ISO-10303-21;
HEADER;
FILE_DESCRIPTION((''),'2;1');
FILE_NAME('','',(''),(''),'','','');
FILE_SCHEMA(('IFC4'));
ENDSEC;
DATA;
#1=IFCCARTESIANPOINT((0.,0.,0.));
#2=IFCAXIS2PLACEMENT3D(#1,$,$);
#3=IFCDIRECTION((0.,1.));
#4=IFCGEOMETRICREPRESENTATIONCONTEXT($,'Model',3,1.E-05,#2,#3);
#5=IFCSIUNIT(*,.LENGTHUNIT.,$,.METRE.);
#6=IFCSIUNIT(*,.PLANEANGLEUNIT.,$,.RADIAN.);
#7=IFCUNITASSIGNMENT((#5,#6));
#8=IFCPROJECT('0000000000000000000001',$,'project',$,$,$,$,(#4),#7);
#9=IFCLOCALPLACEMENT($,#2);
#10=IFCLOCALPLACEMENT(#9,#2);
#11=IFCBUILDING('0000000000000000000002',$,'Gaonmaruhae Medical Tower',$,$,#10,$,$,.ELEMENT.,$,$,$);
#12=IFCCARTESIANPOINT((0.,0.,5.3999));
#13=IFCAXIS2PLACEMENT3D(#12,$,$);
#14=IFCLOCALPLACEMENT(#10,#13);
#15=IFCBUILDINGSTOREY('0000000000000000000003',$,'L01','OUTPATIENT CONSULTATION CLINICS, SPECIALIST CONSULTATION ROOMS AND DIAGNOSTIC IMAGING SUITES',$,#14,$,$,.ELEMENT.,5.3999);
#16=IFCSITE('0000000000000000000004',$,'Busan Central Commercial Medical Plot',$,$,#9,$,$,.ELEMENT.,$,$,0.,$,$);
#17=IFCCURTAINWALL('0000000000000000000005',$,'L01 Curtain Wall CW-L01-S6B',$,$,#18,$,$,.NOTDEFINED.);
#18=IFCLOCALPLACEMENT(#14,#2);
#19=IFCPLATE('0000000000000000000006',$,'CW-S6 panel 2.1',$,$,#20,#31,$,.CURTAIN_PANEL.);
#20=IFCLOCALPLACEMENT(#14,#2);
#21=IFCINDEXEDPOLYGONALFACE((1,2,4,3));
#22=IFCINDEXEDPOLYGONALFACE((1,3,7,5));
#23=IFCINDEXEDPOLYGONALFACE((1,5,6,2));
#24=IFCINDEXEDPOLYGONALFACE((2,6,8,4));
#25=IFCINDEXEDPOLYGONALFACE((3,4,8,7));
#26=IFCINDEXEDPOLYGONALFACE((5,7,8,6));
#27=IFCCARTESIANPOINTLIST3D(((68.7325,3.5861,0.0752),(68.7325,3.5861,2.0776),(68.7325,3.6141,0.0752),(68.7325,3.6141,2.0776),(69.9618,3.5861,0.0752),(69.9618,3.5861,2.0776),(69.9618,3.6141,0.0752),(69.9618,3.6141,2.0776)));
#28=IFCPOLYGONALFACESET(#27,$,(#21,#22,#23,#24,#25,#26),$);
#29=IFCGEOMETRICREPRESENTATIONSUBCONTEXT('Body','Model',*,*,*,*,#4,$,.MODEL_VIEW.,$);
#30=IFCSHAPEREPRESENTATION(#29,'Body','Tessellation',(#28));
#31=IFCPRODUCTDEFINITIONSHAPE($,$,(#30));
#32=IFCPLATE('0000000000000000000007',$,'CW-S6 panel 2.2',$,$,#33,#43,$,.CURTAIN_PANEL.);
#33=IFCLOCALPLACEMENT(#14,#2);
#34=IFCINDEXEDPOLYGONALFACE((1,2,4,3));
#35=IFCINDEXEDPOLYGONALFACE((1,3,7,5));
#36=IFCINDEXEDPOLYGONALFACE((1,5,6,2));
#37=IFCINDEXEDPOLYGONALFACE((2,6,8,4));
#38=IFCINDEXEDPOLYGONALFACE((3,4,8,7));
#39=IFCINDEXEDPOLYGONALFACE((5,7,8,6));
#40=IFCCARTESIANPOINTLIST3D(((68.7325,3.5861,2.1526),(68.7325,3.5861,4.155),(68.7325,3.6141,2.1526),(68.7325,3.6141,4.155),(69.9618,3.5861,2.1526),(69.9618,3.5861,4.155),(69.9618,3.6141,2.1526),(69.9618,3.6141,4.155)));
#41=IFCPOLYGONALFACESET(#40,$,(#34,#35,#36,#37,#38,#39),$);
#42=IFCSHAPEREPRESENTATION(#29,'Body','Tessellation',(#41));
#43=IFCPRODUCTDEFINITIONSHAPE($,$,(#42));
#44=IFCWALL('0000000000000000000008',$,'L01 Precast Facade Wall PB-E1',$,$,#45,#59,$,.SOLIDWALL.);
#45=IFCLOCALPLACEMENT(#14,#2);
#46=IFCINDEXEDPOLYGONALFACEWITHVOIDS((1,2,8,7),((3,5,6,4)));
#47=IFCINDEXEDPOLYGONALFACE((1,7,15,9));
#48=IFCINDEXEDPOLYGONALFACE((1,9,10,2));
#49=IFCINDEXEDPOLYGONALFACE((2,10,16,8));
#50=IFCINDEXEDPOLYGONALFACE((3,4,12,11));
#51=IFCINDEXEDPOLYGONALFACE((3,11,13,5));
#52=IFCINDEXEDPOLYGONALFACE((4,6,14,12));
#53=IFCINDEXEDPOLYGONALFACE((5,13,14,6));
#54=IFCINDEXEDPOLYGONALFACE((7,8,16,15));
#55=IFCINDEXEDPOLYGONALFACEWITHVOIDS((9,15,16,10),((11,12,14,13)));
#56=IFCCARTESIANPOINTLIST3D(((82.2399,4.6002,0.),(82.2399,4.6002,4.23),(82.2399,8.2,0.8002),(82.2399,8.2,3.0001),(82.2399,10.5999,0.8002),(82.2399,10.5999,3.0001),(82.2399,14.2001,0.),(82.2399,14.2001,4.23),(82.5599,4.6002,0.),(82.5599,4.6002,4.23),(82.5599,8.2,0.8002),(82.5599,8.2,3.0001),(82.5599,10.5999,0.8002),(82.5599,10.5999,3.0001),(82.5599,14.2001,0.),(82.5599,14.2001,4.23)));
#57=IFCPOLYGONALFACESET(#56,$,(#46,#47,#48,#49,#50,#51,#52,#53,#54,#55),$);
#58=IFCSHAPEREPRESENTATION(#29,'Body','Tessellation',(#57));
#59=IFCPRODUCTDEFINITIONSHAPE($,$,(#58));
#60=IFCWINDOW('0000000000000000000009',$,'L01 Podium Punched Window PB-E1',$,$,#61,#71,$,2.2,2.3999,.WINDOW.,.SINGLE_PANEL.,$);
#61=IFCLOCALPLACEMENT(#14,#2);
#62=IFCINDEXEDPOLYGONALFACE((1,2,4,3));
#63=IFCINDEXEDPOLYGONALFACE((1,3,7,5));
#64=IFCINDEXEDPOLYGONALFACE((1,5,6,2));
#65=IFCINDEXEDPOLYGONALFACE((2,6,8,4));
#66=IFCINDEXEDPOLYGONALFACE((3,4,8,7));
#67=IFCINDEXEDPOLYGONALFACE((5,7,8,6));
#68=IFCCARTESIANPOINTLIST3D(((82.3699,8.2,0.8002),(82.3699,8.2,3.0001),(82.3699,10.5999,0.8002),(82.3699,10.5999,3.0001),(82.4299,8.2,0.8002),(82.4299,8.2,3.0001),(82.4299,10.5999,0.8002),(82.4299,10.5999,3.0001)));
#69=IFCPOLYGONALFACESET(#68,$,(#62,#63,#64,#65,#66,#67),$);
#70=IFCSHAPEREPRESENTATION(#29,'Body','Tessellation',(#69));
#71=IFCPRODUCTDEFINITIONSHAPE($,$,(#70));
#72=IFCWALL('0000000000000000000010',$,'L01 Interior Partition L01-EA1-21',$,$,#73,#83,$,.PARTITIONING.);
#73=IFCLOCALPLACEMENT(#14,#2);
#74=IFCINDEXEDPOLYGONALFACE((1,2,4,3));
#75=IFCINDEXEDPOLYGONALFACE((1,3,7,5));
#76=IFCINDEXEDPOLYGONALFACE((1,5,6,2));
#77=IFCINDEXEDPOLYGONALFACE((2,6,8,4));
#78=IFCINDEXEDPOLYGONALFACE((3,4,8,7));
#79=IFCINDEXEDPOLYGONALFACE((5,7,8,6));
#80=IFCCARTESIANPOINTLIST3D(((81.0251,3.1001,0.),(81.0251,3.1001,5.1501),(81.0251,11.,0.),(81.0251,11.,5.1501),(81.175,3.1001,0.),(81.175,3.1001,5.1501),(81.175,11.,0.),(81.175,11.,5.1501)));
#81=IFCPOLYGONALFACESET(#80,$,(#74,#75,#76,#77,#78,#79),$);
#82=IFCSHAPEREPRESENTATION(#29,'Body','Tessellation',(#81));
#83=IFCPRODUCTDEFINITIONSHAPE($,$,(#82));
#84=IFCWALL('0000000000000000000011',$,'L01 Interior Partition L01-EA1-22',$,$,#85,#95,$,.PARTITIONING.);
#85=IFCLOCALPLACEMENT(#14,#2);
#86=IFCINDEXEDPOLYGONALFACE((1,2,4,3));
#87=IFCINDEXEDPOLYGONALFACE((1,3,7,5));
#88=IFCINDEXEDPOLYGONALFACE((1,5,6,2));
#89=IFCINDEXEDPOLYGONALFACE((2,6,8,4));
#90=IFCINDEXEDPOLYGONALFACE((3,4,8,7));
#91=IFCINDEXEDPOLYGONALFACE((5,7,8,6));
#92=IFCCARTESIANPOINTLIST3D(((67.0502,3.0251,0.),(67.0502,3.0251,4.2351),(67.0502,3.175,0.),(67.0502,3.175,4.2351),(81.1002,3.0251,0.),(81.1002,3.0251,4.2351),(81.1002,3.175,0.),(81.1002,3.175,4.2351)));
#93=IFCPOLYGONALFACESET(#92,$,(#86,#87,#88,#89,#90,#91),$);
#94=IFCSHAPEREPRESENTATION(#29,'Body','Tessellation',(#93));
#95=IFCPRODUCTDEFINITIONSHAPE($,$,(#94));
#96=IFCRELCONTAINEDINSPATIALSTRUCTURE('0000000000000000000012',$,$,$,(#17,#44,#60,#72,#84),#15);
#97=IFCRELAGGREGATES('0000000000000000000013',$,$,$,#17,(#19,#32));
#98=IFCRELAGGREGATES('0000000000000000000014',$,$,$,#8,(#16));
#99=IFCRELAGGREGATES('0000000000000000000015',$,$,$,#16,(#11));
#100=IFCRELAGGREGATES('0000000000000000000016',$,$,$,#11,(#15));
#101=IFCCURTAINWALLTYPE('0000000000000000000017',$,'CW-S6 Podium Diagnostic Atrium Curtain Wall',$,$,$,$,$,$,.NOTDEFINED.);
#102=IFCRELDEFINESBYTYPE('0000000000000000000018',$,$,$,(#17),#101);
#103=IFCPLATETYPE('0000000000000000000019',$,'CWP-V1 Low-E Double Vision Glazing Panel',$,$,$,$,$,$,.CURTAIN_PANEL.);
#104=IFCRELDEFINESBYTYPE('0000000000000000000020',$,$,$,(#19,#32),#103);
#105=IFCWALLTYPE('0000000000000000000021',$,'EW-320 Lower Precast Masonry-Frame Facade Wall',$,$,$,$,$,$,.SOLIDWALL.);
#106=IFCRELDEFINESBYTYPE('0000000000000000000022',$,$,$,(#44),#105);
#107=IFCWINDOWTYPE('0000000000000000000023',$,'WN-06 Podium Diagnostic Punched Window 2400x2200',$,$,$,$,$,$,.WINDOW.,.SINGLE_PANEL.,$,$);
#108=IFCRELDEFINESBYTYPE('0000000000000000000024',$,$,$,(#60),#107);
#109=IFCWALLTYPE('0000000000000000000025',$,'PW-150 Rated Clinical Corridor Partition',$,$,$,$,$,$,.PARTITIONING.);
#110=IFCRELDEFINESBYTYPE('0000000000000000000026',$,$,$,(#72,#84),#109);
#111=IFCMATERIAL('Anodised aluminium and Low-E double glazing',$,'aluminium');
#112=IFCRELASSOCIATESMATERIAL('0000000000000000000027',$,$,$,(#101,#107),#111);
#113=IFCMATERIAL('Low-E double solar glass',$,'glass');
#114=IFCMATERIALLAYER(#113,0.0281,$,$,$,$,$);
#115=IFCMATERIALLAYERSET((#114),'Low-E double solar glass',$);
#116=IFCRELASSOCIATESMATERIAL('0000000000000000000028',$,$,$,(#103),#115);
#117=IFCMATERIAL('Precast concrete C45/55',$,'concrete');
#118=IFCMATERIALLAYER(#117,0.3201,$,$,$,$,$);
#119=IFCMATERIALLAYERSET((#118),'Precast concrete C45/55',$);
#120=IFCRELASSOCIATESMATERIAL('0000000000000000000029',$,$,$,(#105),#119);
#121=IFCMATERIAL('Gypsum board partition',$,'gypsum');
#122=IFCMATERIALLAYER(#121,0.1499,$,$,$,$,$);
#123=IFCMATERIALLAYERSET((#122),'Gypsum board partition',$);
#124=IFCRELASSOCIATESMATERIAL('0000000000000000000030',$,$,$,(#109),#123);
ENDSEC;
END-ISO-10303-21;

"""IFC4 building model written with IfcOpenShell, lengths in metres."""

from ifc_helpers import new_model, si_unit, direction, frame, frame_2d, origin, origin_2d, place, context, subcontext, project, spatial, rectangle, extrude, material, layer, layer_set, type_object, element, fill, aggregate, save


model = new_model("IFC4")

# Units and contexts
model_context = context("Model", 3, precision=1e-05, world=origin(), true_north=direction((0.0, 1.0)))
body_context = subcontext(model_context, "Body", "Model", "MODEL_VIEW")
ifc_project = project(units=[si_unit("LENGTHUNIT", "METRE"), si_unit("PLANEANGLEUNIT", "RADIAN")], contexts=[model_context])

# Site, building, storey
site_placement = place(None, origin())
site = spatial("IfcSite", under=ifc_project, at=site_placement, Name="Busan Central Commercial Medical Plot", CompositionType="ELEMENT", RefElevation=0.0)
building_placement = place(site_placement, origin())
building = spatial("IfcBuilding", under=site, at=building_placement, Name="Gaonmaruhae Medical Tower", CompositionType="ELEMENT")
storey_placement = place(building_placement, frame((0.0, 0.0, 5.3999)))
storey = spatial("IfcBuildingStorey", under=building, at=storey_placement, Name="L01", Description="OUTPATIENT CONSULTATION CLINICS, SPECIALIST CONSULTATION ROOMS AND DIAGNOSTIC IMAGING SUITES", CompositionType="ELEMENT", Elevation=5.3999)

# Curtain wall
ifc_material_1 = material(Name="Anodised aluminium and Low-E double glazing", Category="aluminium")
curtain_wall_type = type_object("IfcCurtainWallType", Name="CW-S6 Podium Diagnostic Atrium Curtain Wall", PredefinedType="NOTDEFINED", material=ifc_material_1)
curtain_wall_placement = place(storey_placement, origin())
curtain_wall = element("IfcCurtainWall", 1, at=curtain_wall_placement, inside=storey, type_object=curtain_wall_type, Name="L01 Curtain Wall CW-L01-S6B", PredefinedType="NOTDEFINED")

# Plates
ifc_material_2 = material(Name="Low-E double solar glass", Category="glass")
ifc_layer_1 = layer(ifc_material_2, 0.0281)
ifc_layer_set_1 = layer_set([ifc_layer_1], Name="Low-E double solar glass")
plate_type = type_object("IfcPlateType", Name="CWP-V1 Low-E Double Vision Glazing Panel", PredefinedType="CURTAIN_PANEL", material=ifc_layer_set_1)
plate_1_placement = place(storey_placement, frame((69.3472, 3.6001, 0.0752), z_axis=(0.0, 0.0, 1.0), x_axis=(1.0, 0.0, 0.0)))
plate_1 = element("IfcPlate", 2, at=plate_1_placement, type_object=plate_type, Name="CW-S6 panel 2.1", PredefinedType="CURTAIN_PANEL", context=body_context, shape_type="SweptSolid", body=[
    extrude(rectangle(XDim=1.2292, YDim=0.0281, at=origin_2d()), origin(), (0.0, 0.0, 1.0), 2.0024),
])
plate_2_placement = place(storey_placement, frame((69.3472, 3.6001, 2.1526), z_axis=(0.0, 0.0, 1.0), x_axis=(1.0, 0.0, 0.0)))
plate_2 = element("IfcPlate", 3, at=plate_2_placement, type_object=plate_type, Name="CW-S6 panel 2.2", PredefinedType="CURTAIN_PANEL", context=body_context, shape_type="SweptSolid", body=[
    extrude(rectangle(XDim=1.2292, YDim=0.0281, at=origin_2d()), origin(), (0.0, 0.0, 1.0), 2.0024),
])
aggregate(curtain_wall, [plate_1, plate_2])

# Wall, opening, window
ifc_material_3 = material(Name="Precast concrete C45/55", Category="concrete")
ifc_layer_2 = layer(ifc_material_3, 0.3201)
ifc_layer_set_2 = layer_set([ifc_layer_2], Name="Precast concrete C45/55")
wall_type_1 = type_object("IfcWallType", Name="EW-320 Lower Precast Masonry-Frame Facade Wall", PredefinedType="SOLIDWALL", material=ifc_layer_set_2)
wall_1_placement = place(storey_placement, frame((82.3999, 14.2, 0.0), z_axis=(0.0, 0.0, 1.0), x_axis=(0.0, -1.0, 0.0)))
wall_1 = element("IfcWall", 4, at=wall_1_placement, inside=storey, type_object=wall_type_1, Name="L01 Precast Facade Wall PB-E1", PredefinedType="SOLIDWALL", context=body_context, shape_type="SweptSolid", body=[
    extrude(rectangle(XDim=9.5999, YDim=0.3201, at=frame_2d((4.7998, 0.0))), origin(), (0.0, 0.0, 1.0), 4.23),
])
opening_placement = place(wall_1_placement, frame((3.6001, 0.0, 0.8)))
opening = element("IfcOpeningElement", 5, at=opening_placement, cuts=wall_1, PredefinedType="OPENING", context=body_context, shape_type="SweptSolid", body=[
    extrude(rectangle(XDim=2.3999, YDim=2.2, at=frame_2d((1.2, 1.1001))), frame((0.0, 0.1699, 0.0), z_axis=(0.0, -1.0, 0.0), x_axis=(1.0, 0.0, 0.0)), (0.0, 0.0, 1.0), 0.3401),
])
window_type = type_object("IfcWindowType", Name="WN-06 Podium Diagnostic Punched Window 2400x2200", PartitioningType="SINGLE_PANEL", PredefinedType="WINDOW", material=ifc_material_1)
window_placement = place(opening_placement, origin())
window = element("IfcWindow", 6, at=window_placement, inside=storey, type_object=window_type, Name="L01 Podium Punched Window PB-E1", OverallHeight=2.2, OverallWidth=2.3999, PartitioningType="SINGLE_PANEL", PredefinedType="WINDOW", context=body_context, shape_type="SweptSolid", body=[
    extrude(rectangle(XDim=2.3999, YDim=2.2, at=frame_2d((1.2, 1.1001))), frame((0.0, 0.03, 0.0), z_axis=(0.0, -1.0, 0.0), x_axis=(1.0, 0.0, 0.0)), (0.0, 0.0, 1.0), 0.0601),
])
fill(opening, window)

# Walls
ifc_material_4 = material(Name="Gypsum board partition", Category="gypsum")
ifc_layer_3 = layer(ifc_material_4, 0.1499)
ifc_layer_set_3 = layer_set([ifc_layer_3], Name="Gypsum board partition")
wall_type_2 = type_object("IfcWallType", Name="PW-150 Rated Clinical Corridor Partition", PredefinedType="PARTITIONING", material=ifc_layer_set_3)
wall_2_placement = place(storey_placement, frame((81.1001, 11.0, 0.0), z_axis=(0.0, 0.0, 1.0), x_axis=(0.0, -1.0, 0.0)))
element("IfcWall", 7, at=wall_2_placement, inside=storey, type_object=wall_type_2, Name="L01 Interior Partition L01-EA1-21", PredefinedType="PARTITIONING", context=body_context, shape_type="SweptSolid", body=[
    extrude(rectangle(XDim=7.8999, YDim=0.1499, at=frame_2d((3.95, 0.0))), origin(), (0.0, 0.0, 1.0), 5.1501),
])
wall_3_placement = place(storey_placement, frame((81.1001, 3.1001, 0.0), z_axis=(0.0, 0.0, 1.0), x_axis=(-1.0, 0.0, 0.0)))
element("IfcWall", 8, at=wall_3_placement, inside=storey, type_object=wall_type_2, Name="L01 Interior Partition L01-EA1-22", PredefinedType="PARTITIONING", context=body_context, shape_type="SweptSolid", body=[
    extrude(rectangle(XDim=14.05, YDim=0.1499, at=frame_2d((7.0249, 0.0))), origin(), (0.0, 0.0, 1.0), 4.2351),
])

save(model, "model.ifc")
